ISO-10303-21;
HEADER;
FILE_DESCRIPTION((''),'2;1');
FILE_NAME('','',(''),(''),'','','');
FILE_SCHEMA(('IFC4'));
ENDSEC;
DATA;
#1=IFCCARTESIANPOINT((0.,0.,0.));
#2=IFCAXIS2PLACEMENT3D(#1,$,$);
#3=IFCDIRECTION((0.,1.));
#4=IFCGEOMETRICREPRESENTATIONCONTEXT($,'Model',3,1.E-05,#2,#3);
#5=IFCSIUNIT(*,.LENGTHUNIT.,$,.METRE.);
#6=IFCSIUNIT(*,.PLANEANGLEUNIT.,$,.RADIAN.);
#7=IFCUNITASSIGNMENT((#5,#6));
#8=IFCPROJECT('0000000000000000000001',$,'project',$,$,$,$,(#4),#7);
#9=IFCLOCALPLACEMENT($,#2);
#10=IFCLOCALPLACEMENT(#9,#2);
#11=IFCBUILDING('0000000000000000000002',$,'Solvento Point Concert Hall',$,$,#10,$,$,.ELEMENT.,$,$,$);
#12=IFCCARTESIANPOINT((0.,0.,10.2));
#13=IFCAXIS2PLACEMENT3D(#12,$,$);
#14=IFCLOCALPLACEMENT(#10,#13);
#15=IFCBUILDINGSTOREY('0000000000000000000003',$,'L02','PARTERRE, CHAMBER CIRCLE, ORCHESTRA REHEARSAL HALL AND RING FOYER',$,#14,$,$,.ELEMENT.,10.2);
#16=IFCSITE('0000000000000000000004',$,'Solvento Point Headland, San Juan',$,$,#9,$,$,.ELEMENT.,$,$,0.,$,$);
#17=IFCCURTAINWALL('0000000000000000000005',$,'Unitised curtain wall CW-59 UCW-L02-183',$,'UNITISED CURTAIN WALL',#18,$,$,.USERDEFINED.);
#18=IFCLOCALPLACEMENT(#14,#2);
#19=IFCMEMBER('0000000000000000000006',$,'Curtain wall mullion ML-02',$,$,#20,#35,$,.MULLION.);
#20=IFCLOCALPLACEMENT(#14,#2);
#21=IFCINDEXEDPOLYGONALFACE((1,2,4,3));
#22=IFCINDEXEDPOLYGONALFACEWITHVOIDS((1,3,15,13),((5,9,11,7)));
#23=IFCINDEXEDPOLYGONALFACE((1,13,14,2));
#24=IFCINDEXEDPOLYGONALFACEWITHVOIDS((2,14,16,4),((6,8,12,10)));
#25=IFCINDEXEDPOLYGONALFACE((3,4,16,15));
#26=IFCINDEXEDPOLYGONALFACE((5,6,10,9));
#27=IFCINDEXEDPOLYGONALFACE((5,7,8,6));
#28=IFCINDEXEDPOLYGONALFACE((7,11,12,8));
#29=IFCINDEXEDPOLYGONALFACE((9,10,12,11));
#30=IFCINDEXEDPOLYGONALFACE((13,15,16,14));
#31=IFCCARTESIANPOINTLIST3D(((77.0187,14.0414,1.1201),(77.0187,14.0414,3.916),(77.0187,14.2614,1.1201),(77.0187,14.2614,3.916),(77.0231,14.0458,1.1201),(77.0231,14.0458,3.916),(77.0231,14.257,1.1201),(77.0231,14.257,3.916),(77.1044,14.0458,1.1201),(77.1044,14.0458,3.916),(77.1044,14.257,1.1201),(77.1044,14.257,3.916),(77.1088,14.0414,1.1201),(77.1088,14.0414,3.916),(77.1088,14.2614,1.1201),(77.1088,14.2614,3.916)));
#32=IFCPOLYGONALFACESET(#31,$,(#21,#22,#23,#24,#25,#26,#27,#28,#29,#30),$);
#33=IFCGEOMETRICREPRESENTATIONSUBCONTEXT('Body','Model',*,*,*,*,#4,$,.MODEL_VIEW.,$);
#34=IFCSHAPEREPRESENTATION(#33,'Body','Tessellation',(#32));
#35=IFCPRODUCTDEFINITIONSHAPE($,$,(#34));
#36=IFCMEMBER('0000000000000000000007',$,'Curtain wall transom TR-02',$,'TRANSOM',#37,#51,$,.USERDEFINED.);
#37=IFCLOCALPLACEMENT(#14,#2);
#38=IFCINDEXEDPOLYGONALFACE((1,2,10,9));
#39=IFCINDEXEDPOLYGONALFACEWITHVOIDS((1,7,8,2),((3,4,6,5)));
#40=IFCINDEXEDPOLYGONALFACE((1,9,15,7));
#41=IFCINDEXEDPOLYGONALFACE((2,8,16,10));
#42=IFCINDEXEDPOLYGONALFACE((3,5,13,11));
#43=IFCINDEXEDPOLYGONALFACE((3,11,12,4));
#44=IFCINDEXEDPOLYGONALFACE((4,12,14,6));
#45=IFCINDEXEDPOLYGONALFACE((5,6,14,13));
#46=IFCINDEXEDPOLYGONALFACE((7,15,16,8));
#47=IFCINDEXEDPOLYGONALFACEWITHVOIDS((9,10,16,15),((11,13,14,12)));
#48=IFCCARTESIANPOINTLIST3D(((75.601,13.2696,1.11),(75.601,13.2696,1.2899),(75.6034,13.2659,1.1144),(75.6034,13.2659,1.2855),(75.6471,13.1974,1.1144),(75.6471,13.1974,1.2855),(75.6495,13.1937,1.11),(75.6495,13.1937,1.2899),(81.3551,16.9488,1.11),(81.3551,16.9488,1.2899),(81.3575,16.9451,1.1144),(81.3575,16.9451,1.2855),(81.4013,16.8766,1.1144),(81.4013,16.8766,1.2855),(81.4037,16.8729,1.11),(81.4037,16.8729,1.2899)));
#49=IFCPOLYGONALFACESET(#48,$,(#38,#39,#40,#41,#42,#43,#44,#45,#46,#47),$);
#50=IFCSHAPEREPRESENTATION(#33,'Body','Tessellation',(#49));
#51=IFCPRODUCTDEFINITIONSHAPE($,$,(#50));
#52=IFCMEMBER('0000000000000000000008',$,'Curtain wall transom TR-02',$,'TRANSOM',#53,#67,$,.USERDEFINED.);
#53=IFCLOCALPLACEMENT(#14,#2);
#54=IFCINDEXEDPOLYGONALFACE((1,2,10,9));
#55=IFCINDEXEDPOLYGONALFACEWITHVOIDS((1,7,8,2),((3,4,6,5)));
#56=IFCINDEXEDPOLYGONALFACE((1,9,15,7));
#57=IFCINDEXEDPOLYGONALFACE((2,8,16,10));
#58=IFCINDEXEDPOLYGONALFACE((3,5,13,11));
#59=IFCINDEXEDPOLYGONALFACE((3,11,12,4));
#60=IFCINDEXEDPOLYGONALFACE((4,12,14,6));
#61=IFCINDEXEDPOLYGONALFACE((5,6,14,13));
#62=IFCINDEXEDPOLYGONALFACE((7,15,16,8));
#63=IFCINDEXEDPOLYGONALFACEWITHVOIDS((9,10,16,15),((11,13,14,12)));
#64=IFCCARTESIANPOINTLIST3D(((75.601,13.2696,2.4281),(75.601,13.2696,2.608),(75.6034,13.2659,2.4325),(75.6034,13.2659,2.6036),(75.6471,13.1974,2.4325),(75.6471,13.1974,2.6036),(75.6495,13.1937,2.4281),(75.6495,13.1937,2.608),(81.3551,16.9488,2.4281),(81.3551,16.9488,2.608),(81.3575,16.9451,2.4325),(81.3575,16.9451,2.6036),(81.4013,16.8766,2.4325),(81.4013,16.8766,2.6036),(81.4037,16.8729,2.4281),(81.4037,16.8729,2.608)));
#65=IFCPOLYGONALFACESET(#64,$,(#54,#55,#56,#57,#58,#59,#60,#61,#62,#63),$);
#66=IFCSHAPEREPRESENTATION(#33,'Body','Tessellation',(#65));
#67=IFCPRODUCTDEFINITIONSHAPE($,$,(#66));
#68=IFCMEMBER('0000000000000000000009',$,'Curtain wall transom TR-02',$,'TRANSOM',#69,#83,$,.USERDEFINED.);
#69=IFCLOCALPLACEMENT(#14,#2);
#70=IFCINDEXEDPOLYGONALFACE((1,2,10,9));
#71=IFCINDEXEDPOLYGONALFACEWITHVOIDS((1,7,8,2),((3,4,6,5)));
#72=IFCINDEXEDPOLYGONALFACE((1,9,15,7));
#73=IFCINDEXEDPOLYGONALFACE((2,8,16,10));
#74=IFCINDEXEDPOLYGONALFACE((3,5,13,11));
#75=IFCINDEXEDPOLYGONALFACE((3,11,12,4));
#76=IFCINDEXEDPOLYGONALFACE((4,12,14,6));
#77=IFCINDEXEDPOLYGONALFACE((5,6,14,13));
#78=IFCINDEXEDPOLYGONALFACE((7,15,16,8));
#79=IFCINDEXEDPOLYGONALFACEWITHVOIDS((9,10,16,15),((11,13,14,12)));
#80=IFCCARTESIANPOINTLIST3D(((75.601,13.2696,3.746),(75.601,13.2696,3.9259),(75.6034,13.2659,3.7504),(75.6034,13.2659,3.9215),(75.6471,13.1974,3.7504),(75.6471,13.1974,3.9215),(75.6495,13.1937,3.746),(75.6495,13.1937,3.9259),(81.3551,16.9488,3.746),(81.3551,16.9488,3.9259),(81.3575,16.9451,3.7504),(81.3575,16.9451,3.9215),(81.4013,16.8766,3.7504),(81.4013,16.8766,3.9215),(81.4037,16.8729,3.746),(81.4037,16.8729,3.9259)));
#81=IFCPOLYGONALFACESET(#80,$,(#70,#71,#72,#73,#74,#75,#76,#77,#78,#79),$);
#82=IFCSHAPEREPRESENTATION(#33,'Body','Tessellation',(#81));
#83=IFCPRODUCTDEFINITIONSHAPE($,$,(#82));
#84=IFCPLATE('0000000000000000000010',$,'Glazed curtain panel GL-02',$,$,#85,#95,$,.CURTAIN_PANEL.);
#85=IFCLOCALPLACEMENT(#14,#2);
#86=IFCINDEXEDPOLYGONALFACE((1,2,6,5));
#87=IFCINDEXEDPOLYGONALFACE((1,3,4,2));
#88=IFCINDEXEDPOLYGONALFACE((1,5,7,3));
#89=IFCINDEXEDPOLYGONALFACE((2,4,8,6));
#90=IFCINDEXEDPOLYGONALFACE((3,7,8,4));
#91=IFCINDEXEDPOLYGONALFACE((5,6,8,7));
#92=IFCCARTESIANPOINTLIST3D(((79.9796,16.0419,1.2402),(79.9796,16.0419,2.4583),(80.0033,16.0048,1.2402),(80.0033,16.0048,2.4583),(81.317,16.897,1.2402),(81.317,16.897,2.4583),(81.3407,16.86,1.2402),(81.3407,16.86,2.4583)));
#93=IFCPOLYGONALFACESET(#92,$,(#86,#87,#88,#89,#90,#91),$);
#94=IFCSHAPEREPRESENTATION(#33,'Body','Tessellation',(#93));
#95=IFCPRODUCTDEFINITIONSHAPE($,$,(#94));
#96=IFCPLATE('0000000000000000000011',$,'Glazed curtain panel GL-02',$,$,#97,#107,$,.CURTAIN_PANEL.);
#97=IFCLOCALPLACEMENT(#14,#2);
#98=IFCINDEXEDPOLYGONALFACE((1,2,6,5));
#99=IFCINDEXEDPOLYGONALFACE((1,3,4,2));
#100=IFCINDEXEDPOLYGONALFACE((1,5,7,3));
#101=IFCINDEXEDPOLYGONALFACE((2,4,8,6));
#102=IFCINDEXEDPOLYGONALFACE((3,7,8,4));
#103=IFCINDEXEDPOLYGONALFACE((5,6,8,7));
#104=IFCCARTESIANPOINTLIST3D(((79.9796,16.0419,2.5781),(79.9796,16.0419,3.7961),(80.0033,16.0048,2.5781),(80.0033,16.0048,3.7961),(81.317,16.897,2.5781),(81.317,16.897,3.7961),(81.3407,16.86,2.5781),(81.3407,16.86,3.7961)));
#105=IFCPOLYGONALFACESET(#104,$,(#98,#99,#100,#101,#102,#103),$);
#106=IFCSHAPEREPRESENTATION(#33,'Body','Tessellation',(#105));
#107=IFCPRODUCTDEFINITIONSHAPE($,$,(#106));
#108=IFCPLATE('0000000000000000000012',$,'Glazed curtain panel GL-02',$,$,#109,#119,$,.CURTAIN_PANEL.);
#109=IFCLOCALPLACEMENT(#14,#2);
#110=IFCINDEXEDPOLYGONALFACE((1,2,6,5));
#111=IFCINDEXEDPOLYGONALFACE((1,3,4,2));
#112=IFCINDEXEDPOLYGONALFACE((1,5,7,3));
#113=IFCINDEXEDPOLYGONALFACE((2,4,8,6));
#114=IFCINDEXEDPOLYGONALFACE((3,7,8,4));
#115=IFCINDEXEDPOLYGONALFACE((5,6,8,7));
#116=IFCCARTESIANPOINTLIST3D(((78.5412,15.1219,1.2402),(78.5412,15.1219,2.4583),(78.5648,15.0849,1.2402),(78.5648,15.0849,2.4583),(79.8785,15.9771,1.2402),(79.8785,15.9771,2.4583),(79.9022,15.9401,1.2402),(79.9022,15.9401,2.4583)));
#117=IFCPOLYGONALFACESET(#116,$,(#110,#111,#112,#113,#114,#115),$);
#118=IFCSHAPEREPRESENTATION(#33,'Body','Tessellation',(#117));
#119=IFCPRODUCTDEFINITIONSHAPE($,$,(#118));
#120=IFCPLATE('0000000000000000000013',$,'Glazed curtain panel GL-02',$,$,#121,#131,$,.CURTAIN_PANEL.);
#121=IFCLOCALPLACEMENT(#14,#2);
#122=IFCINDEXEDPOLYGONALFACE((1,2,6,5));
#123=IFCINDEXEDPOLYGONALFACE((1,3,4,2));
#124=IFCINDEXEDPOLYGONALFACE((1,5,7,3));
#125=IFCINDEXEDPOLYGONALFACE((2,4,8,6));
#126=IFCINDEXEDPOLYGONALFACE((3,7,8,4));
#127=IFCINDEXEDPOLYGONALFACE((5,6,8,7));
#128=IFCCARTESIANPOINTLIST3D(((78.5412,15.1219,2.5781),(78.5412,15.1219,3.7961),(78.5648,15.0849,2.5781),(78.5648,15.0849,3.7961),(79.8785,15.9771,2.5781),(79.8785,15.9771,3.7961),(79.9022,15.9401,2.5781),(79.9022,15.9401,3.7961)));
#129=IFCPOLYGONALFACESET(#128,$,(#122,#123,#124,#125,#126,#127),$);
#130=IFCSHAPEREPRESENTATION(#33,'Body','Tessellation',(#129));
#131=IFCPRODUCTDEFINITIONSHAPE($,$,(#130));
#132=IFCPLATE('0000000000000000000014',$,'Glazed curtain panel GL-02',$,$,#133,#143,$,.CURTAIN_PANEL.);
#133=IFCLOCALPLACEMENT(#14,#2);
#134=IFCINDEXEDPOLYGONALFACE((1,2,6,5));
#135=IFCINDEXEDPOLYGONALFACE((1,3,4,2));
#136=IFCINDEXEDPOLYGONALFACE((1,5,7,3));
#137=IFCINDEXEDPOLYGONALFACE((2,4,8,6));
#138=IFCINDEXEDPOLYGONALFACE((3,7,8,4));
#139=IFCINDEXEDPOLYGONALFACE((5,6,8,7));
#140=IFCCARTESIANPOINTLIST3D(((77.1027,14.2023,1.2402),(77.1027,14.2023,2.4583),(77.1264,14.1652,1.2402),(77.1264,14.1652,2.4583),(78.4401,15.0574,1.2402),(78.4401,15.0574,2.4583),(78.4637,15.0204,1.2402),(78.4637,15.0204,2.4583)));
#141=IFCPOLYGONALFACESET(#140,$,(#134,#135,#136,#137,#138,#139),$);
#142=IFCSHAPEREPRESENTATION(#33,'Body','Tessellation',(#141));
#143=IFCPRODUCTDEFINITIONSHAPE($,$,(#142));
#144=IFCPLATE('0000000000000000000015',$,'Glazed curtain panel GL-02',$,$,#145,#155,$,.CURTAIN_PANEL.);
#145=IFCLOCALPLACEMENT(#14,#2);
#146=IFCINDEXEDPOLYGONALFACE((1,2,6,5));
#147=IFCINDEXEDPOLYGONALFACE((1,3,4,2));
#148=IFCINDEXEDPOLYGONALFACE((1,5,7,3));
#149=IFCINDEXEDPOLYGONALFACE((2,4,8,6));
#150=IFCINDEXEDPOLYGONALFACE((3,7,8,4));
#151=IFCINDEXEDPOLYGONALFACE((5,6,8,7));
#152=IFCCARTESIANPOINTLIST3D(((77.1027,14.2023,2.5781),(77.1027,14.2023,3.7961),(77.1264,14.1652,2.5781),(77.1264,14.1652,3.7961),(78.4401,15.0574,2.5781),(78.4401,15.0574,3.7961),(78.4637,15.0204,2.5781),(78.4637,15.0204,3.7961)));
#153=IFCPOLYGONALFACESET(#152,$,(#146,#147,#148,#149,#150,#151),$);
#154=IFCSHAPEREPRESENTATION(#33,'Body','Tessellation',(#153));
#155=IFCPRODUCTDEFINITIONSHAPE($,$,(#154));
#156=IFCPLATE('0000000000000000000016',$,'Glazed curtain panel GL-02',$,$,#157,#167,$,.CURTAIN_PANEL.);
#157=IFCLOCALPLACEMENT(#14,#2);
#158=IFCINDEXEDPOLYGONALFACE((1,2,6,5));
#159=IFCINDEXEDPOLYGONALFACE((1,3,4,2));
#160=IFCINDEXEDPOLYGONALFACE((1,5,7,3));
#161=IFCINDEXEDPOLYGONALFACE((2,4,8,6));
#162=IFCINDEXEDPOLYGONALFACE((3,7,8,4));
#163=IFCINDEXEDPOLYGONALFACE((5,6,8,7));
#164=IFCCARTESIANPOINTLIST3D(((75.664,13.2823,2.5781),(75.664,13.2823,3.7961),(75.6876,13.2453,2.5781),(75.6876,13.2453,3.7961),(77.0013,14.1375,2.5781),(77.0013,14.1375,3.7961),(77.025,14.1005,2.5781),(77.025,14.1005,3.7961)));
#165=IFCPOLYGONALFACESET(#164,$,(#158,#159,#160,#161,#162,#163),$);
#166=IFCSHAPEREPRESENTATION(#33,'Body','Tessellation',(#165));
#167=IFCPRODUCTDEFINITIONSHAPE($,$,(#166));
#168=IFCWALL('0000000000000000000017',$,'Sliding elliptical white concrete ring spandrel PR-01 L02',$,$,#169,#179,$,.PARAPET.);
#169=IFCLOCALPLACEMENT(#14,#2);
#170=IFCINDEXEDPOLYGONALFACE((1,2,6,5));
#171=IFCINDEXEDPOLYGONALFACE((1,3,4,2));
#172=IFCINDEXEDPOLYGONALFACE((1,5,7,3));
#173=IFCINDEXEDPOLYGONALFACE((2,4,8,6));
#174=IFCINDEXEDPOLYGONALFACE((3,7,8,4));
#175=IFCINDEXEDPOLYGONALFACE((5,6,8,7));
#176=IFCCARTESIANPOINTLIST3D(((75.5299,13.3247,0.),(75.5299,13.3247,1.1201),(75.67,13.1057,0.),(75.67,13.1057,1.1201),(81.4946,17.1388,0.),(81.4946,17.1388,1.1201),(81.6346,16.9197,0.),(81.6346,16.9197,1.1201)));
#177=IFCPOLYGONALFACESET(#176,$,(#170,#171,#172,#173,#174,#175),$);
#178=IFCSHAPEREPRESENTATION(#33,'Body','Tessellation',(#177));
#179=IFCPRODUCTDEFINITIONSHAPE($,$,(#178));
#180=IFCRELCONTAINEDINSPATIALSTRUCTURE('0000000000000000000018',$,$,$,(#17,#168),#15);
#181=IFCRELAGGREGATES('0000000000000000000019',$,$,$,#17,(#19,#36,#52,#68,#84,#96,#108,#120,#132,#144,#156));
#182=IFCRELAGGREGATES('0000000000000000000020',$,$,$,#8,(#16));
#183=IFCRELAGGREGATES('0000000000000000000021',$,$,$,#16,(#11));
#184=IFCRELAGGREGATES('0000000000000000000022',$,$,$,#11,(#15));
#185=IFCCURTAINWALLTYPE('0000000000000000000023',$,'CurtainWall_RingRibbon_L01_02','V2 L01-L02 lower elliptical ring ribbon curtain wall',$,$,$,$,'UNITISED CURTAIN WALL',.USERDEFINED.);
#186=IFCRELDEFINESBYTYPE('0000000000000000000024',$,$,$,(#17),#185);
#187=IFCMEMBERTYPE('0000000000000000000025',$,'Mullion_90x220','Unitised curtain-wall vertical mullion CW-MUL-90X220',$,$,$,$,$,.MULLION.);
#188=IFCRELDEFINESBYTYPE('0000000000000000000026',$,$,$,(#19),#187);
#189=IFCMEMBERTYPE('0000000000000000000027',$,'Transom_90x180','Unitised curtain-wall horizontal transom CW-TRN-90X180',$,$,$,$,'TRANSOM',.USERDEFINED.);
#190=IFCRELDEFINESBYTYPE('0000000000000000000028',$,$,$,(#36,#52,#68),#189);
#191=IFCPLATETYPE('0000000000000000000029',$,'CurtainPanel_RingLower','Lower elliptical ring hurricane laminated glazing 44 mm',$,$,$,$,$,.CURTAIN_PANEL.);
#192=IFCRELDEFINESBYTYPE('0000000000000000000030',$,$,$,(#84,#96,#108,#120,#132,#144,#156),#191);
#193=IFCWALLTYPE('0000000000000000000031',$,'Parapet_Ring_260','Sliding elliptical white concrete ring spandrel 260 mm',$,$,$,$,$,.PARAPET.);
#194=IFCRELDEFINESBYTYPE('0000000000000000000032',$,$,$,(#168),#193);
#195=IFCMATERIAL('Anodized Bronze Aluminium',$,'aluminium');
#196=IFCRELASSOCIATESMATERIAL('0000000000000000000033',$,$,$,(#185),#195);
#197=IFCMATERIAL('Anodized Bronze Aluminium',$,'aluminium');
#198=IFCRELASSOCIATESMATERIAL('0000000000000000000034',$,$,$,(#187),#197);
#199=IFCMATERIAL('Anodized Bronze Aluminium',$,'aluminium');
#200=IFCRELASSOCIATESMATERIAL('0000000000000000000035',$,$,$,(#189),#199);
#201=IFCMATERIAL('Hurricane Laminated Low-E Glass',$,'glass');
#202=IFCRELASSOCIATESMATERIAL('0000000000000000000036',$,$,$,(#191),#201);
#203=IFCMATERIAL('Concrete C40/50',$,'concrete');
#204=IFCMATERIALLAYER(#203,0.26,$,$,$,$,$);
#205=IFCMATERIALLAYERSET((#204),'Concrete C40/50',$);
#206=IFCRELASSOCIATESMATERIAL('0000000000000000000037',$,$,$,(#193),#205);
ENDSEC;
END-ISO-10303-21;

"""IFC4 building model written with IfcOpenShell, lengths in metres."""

from ifc_helpers import new_model, si_unit, direction, frame, frame_2d, origin, origin_2d, place, context, subcontext, project, spatial, rectangle, hollow_rectangle, extrude, material, layer, layer_set, material_profile, profile_set, type_object, element, aggregate, save


model = new_model("IFC4")

# Units and contexts
model_context = context("Model", 3, precision=1e-05, world=origin(), true_north=direction((0.0, 1.0)))
body_context = subcontext(model_context, "Body", "Model", "MODEL_VIEW")
ifc_project = project(units=[si_unit("LENGTHUNIT", "METRE"), si_unit("PLANEANGLEUNIT", "RADIAN")], contexts=[model_context])

# Site, building, storey
site_placement = place(None, origin())
site = spatial("IfcSite", under=ifc_project, at=site_placement, Name="Solvento Point Headland, San Juan", CompositionType="ELEMENT", RefElevation=0.0)
building_placement = place(site_placement, origin())
building = spatial("IfcBuilding", under=site, at=building_placement, Name="Solvento Point Concert Hall", CompositionType="ELEMENT")
storey_placement = place(building_placement, frame((0.0, 0.0, 10.2)))
storey = spatial("IfcBuildingStorey", under=building, at=storey_placement, Name="L02", Description="PARTERRE, CHAMBER CIRCLE, ORCHESTRA REHEARSAL HALL AND RING FOYER", CompositionType="ELEMENT", Elevation=10.2)

# Shared definitions
ifc_material_1 = material(Name="Anodized Bronze Aluminium", Category="aluminium")
curtain_wall_type = type_object("IfcCurtainWallType", Name="CurtainWall_RingRibbon_L01_02", Description="V2 L01-L02 lower elliptical ring ribbon curtain wall", ElementType="UNITISED CURTAIN WALL", PredefinedType="USERDEFINED", material=ifc_material_1)
ifc_material_2 = material(Name="Anodized Bronze Aluminium", Category="aluminium")
ifc_material_profile_1 = material_profile(ifc_material_2, hollow_rectangle(XDim=0.0901, YDim=0.22, WallThickness=0.0044, at=origin_2d()), Name="CW-MUL-90X220")
ifc_profile_set_1 = profile_set([ifc_material_profile_1], Name="Anodized Bronze Aluminium")
member_type_1 = type_object("IfcMemberType", Name="Mullion_90x220", Description="Unitised curtain-wall vertical mullion CW-MUL-90X220", PredefinedType="MULLION", material=ifc_profile_set_1)

# Curtain wall, members, plates
curtain_wall_1_placement = place(storey_placement, origin())
curtain_wall_1 = element("IfcCurtainWall", 1, at=curtain_wall_1_placement, inside=storey, type_object=curtain_wall_type, Name="Unitised curtain wall CW-59 UCW-L02-183", ObjectType="UNITISED CURTAIN WALL", PredefinedType="USERDEFINED")
member_1_placement = place(storey_placement, frame((77.0637, 14.1514, 1.1201), z_axis=(0.0, 0.0, 1.0), x_axis=(1.0, 0.0, 0.0)))
member_1 = element("IfcMember", 2, at=member_1_placement, type_object=member_type_1, Name="Curtain wall mullion ML-02", PredefinedType="MULLION", context=body_context, shape_type="SweptSolid", body=[
    extrude(hollow_rectangle(XDim=0.0901, YDim=0.22, WallThickness=0.0044, at=origin_2d()), origin(), (0.0, 0.0, 1.0), 2.7959),
])
ifc_material_3 = material(Name="Anodized Bronze Aluminium", Category="aluminium")
ifc_material_profile_2 = material_profile(ifc_material_3, hollow_rectangle(XDim=0.0901, YDim=0.1799, WallThickness=0.0044, at=origin_2d()), Name="CW-TRN-90X180")
ifc_profile_set_2 = profile_set([ifc_material_profile_2], Name="Anodized Bronze Aluminium")
member_type_2 = type_object("IfcMemberType", Name="Transom_90x180", Description="Unitised curtain-wall horizontal transom CW-TRN-90X180", ElementType="TRANSOM", PredefinedType="USERDEFINED", material=ifc_profile_set_2)
member_2_placement = place(storey_placement, frame((81.3794, 16.9109, 1.2), z_axis=(-0.842501, -0.538695, 0.0), x_axis=(0.538695, -0.842501, 0.0)))
member_2 = element("IfcMember", 3, at=member_2_placement, type_object=member_type_2, Name="Curtain wall transom TR-02", ObjectType="TRANSOM", PredefinedType="USERDEFINED", context=body_context, shape_type="SweptSolid", body=[
    extrude(hollow_rectangle(XDim=0.0901, YDim=0.1799, WallThickness=0.0044, at=origin_2d()), origin(), (0.0, 0.0, 1.0), 6.8298),
])
member_3_placement = place(storey_placement, frame((81.3794, 16.9109, 2.5181), z_axis=(-0.842501, -0.538695, 0.0), x_axis=(0.538695, -0.842501, 0.0)))
member_3 = element("IfcMember", 4, at=member_3_placement, type_object=member_type_2, Name="Curtain wall transom TR-02", ObjectType="TRANSOM", PredefinedType="USERDEFINED", context=body_context, shape_type="SweptSolid", body=[
    extrude(hollow_rectangle(XDim=0.0901, YDim=0.1799, WallThickness=0.0044, at=origin_2d()), origin(), (0.0, 0.0, 1.0), 6.8298),
])
member_4_placement = place(storey_placement, frame((81.3794, 16.9109, 3.8359), z_axis=(-0.842501, -0.538695, 0.0), x_axis=(0.538695, -0.842501, 0.0)))
member_4 = element("IfcMember", 5, at=member_4_placement, type_object=member_type_2, Name="Curtain wall transom TR-02", ObjectType="TRANSOM", PredefinedType="USERDEFINED", context=body_context, shape_type="SweptSolid", body=[
    extrude(hollow_rectangle(XDim=0.0901, YDim=0.1799, WallThickness=0.0044, at=origin_2d()), origin(), (0.0, 0.0, 1.0), 6.8298),
])
ifc_material_4 = material(Name="Hurricane Laminated Low-E Glass", Category="glass")
plate_type = type_object("IfcPlateType", Name="CurtainPanel_RingLower", Description="Lower elliptical ring hurricane laminated glazing 44 mm", PredefinedType="CURTAIN_PANEL", material=ifc_material_4)
plate_1_placement = place(storey_placement, frame((80.6602, 16.4509, 1.2402), z_axis=(0.0, 0.0, 1.0), x_axis=(-0.84249, -0.538712, 0.0)))
plate_1 = element("IfcPlate", 6, at=plate_1_placement, type_object=plate_type, Name="Glazed curtain panel GL-02", PredefinedType="CURTAIN_PANEL", context=body_context, shape_type="SweptSolid", body=[
    extrude(rectangle(XDim=1.5874, YDim=0.0439, at=origin_2d()), origin(), (0.0, 0.0, 1.0), 1.218),
])
plate_2_placement = place(storey_placement, frame((80.6602, 16.4509, 2.5781), z_axis=(0.0, 0.0, 1.0), x_axis=(-0.84249, -0.538712, 0.0)))
plate_2 = element("IfcPlate", 7, at=plate_2_placement, type_object=plate_type, Name="Glazed curtain panel GL-02", PredefinedType="CURTAIN_PANEL", context=body_context, shape_type="SweptSolid", body=[
    extrude(rectangle(XDim=1.5874, YDim=0.0439, at=origin_2d()), origin(), (0.0, 0.0, 1.0), 1.218),
])
plate_3_placement = place(storey_placement, frame((79.2217, 15.531, 1.2402), z_axis=(0.0, 0.0, 1.0), x_axis=(-0.84249, -0.538712, 0.0)))
plate_3 = element("IfcPlate", 8, at=plate_3_placement, type_object=plate_type, Name="Glazed curtain panel GL-02", PredefinedType="CURTAIN_PANEL", context=body_context, shape_type="SweptSolid", body=[
    extrude(rectangle(XDim=1.5874, YDim=0.0439, at=origin_2d()), origin(), (0.0, 0.0, 1.0), 1.218),
])
plate_4_placement = place(storey_placement, frame((79.2217, 15.531, 2.5781), z_axis=(0.0, 0.0, 1.0), x_axis=(-0.84249, -0.538712, 0.0)))
plate_4 = element("IfcPlate", 9, at=plate_4_placement, type_object=plate_type, Name="Glazed curtain panel GL-02", PredefinedType="CURTAIN_PANEL", context=body_context, shape_type="SweptSolid", body=[
    extrude(rectangle(XDim=1.5874, YDim=0.0439, at=origin_2d()), origin(), (0.0, 0.0, 1.0), 1.218),
])
plate_5_placement = place(storey_placement, frame((77.7832, 14.6113, 1.2402), z_axis=(0.0, 0.0, 1.0), x_axis=(-0.84249, -0.538712, 0.0)))
plate_5 = element("IfcPlate", 10, at=plate_5_placement, type_object=plate_type, Name="Glazed curtain panel GL-02", PredefinedType="CURTAIN_PANEL", context=body_context, shape_type="SweptSolid", body=[
    extrude(rectangle(XDim=1.5874, YDim=0.0439, at=origin_2d()), origin(), (0.0, 0.0, 1.0), 1.218),
])
plate_6_placement = place(storey_placement, frame((77.7832, 14.6113, 2.5781), z_axis=(0.0, 0.0, 1.0), x_axis=(-0.84249, -0.538712, 0.0)))
plate_6 = element("IfcPlate", 11, at=plate_6_placement, type_object=plate_type, Name="Glazed curtain panel GL-02", PredefinedType="CURTAIN_PANEL", context=body_context, shape_type="SweptSolid", body=[
    extrude(rectangle(XDim=1.5874, YDim=0.0439, at=origin_2d()), origin(), (0.0, 0.0, 1.0), 1.218),
])
plate_7_placement = place(storey_placement, frame((76.3445, 13.6914, 2.5781), z_axis=(0.0, 0.0, 1.0), x_axis=(-0.84249, -0.538712, 0.0)))
plate_7 = element("IfcPlate", 12, at=plate_7_placement, type_object=plate_type, Name="Glazed curtain panel GL-02", PredefinedType="CURTAIN_PANEL", context=body_context, shape_type="SweptSolid", body=[
    extrude(rectangle(XDim=1.5874, YDim=0.0439, at=origin_2d()), origin(), (0.0, 0.0, 1.0), 1.218),
])
aggregate(curtain_wall_1, [member_1, member_2, member_3, member_4, plate_1, plate_2, plate_3, plate_4, plate_5, plate_6, plate_7])

# Wall
ifc_material_5 = material(Name="Concrete C40/50", Category="concrete")
ifc_layer = layer(ifc_material_5, 0.26)
ifc_layer_set = layer_set([ifc_layer], Name="Concrete C40/50")
wall_type = type_object("IfcWallType", Name="Parapet_Ring_260", Description="Sliding elliptical white concrete ring spandrel 260 mm", PredefinedType="PARAPET", material=ifc_layer_set)
wall_placement = place(storey_placement, frame((81.5647, 17.0293, 0.0), z_axis=(0.0, 0.0, 1.0), x_axis=(-0.842488, -0.538715, 0.0)))
element("IfcWall", 13, at=wall_placement, inside=storey, type_object=wall_type, Name="Sliding elliptical white concrete ring spandrel PR-01 L02", PredefinedType="PARAPET", context=body_context, shape_type="SweptSolid", body=[
    extrude(rectangle(XDim=7.0798, YDim=0.26, at=frame_2d((3.54, 0.0))), origin(), (0.0, 0.0, 1.0), 1.1201),
])

save(model, "model.ifc")
